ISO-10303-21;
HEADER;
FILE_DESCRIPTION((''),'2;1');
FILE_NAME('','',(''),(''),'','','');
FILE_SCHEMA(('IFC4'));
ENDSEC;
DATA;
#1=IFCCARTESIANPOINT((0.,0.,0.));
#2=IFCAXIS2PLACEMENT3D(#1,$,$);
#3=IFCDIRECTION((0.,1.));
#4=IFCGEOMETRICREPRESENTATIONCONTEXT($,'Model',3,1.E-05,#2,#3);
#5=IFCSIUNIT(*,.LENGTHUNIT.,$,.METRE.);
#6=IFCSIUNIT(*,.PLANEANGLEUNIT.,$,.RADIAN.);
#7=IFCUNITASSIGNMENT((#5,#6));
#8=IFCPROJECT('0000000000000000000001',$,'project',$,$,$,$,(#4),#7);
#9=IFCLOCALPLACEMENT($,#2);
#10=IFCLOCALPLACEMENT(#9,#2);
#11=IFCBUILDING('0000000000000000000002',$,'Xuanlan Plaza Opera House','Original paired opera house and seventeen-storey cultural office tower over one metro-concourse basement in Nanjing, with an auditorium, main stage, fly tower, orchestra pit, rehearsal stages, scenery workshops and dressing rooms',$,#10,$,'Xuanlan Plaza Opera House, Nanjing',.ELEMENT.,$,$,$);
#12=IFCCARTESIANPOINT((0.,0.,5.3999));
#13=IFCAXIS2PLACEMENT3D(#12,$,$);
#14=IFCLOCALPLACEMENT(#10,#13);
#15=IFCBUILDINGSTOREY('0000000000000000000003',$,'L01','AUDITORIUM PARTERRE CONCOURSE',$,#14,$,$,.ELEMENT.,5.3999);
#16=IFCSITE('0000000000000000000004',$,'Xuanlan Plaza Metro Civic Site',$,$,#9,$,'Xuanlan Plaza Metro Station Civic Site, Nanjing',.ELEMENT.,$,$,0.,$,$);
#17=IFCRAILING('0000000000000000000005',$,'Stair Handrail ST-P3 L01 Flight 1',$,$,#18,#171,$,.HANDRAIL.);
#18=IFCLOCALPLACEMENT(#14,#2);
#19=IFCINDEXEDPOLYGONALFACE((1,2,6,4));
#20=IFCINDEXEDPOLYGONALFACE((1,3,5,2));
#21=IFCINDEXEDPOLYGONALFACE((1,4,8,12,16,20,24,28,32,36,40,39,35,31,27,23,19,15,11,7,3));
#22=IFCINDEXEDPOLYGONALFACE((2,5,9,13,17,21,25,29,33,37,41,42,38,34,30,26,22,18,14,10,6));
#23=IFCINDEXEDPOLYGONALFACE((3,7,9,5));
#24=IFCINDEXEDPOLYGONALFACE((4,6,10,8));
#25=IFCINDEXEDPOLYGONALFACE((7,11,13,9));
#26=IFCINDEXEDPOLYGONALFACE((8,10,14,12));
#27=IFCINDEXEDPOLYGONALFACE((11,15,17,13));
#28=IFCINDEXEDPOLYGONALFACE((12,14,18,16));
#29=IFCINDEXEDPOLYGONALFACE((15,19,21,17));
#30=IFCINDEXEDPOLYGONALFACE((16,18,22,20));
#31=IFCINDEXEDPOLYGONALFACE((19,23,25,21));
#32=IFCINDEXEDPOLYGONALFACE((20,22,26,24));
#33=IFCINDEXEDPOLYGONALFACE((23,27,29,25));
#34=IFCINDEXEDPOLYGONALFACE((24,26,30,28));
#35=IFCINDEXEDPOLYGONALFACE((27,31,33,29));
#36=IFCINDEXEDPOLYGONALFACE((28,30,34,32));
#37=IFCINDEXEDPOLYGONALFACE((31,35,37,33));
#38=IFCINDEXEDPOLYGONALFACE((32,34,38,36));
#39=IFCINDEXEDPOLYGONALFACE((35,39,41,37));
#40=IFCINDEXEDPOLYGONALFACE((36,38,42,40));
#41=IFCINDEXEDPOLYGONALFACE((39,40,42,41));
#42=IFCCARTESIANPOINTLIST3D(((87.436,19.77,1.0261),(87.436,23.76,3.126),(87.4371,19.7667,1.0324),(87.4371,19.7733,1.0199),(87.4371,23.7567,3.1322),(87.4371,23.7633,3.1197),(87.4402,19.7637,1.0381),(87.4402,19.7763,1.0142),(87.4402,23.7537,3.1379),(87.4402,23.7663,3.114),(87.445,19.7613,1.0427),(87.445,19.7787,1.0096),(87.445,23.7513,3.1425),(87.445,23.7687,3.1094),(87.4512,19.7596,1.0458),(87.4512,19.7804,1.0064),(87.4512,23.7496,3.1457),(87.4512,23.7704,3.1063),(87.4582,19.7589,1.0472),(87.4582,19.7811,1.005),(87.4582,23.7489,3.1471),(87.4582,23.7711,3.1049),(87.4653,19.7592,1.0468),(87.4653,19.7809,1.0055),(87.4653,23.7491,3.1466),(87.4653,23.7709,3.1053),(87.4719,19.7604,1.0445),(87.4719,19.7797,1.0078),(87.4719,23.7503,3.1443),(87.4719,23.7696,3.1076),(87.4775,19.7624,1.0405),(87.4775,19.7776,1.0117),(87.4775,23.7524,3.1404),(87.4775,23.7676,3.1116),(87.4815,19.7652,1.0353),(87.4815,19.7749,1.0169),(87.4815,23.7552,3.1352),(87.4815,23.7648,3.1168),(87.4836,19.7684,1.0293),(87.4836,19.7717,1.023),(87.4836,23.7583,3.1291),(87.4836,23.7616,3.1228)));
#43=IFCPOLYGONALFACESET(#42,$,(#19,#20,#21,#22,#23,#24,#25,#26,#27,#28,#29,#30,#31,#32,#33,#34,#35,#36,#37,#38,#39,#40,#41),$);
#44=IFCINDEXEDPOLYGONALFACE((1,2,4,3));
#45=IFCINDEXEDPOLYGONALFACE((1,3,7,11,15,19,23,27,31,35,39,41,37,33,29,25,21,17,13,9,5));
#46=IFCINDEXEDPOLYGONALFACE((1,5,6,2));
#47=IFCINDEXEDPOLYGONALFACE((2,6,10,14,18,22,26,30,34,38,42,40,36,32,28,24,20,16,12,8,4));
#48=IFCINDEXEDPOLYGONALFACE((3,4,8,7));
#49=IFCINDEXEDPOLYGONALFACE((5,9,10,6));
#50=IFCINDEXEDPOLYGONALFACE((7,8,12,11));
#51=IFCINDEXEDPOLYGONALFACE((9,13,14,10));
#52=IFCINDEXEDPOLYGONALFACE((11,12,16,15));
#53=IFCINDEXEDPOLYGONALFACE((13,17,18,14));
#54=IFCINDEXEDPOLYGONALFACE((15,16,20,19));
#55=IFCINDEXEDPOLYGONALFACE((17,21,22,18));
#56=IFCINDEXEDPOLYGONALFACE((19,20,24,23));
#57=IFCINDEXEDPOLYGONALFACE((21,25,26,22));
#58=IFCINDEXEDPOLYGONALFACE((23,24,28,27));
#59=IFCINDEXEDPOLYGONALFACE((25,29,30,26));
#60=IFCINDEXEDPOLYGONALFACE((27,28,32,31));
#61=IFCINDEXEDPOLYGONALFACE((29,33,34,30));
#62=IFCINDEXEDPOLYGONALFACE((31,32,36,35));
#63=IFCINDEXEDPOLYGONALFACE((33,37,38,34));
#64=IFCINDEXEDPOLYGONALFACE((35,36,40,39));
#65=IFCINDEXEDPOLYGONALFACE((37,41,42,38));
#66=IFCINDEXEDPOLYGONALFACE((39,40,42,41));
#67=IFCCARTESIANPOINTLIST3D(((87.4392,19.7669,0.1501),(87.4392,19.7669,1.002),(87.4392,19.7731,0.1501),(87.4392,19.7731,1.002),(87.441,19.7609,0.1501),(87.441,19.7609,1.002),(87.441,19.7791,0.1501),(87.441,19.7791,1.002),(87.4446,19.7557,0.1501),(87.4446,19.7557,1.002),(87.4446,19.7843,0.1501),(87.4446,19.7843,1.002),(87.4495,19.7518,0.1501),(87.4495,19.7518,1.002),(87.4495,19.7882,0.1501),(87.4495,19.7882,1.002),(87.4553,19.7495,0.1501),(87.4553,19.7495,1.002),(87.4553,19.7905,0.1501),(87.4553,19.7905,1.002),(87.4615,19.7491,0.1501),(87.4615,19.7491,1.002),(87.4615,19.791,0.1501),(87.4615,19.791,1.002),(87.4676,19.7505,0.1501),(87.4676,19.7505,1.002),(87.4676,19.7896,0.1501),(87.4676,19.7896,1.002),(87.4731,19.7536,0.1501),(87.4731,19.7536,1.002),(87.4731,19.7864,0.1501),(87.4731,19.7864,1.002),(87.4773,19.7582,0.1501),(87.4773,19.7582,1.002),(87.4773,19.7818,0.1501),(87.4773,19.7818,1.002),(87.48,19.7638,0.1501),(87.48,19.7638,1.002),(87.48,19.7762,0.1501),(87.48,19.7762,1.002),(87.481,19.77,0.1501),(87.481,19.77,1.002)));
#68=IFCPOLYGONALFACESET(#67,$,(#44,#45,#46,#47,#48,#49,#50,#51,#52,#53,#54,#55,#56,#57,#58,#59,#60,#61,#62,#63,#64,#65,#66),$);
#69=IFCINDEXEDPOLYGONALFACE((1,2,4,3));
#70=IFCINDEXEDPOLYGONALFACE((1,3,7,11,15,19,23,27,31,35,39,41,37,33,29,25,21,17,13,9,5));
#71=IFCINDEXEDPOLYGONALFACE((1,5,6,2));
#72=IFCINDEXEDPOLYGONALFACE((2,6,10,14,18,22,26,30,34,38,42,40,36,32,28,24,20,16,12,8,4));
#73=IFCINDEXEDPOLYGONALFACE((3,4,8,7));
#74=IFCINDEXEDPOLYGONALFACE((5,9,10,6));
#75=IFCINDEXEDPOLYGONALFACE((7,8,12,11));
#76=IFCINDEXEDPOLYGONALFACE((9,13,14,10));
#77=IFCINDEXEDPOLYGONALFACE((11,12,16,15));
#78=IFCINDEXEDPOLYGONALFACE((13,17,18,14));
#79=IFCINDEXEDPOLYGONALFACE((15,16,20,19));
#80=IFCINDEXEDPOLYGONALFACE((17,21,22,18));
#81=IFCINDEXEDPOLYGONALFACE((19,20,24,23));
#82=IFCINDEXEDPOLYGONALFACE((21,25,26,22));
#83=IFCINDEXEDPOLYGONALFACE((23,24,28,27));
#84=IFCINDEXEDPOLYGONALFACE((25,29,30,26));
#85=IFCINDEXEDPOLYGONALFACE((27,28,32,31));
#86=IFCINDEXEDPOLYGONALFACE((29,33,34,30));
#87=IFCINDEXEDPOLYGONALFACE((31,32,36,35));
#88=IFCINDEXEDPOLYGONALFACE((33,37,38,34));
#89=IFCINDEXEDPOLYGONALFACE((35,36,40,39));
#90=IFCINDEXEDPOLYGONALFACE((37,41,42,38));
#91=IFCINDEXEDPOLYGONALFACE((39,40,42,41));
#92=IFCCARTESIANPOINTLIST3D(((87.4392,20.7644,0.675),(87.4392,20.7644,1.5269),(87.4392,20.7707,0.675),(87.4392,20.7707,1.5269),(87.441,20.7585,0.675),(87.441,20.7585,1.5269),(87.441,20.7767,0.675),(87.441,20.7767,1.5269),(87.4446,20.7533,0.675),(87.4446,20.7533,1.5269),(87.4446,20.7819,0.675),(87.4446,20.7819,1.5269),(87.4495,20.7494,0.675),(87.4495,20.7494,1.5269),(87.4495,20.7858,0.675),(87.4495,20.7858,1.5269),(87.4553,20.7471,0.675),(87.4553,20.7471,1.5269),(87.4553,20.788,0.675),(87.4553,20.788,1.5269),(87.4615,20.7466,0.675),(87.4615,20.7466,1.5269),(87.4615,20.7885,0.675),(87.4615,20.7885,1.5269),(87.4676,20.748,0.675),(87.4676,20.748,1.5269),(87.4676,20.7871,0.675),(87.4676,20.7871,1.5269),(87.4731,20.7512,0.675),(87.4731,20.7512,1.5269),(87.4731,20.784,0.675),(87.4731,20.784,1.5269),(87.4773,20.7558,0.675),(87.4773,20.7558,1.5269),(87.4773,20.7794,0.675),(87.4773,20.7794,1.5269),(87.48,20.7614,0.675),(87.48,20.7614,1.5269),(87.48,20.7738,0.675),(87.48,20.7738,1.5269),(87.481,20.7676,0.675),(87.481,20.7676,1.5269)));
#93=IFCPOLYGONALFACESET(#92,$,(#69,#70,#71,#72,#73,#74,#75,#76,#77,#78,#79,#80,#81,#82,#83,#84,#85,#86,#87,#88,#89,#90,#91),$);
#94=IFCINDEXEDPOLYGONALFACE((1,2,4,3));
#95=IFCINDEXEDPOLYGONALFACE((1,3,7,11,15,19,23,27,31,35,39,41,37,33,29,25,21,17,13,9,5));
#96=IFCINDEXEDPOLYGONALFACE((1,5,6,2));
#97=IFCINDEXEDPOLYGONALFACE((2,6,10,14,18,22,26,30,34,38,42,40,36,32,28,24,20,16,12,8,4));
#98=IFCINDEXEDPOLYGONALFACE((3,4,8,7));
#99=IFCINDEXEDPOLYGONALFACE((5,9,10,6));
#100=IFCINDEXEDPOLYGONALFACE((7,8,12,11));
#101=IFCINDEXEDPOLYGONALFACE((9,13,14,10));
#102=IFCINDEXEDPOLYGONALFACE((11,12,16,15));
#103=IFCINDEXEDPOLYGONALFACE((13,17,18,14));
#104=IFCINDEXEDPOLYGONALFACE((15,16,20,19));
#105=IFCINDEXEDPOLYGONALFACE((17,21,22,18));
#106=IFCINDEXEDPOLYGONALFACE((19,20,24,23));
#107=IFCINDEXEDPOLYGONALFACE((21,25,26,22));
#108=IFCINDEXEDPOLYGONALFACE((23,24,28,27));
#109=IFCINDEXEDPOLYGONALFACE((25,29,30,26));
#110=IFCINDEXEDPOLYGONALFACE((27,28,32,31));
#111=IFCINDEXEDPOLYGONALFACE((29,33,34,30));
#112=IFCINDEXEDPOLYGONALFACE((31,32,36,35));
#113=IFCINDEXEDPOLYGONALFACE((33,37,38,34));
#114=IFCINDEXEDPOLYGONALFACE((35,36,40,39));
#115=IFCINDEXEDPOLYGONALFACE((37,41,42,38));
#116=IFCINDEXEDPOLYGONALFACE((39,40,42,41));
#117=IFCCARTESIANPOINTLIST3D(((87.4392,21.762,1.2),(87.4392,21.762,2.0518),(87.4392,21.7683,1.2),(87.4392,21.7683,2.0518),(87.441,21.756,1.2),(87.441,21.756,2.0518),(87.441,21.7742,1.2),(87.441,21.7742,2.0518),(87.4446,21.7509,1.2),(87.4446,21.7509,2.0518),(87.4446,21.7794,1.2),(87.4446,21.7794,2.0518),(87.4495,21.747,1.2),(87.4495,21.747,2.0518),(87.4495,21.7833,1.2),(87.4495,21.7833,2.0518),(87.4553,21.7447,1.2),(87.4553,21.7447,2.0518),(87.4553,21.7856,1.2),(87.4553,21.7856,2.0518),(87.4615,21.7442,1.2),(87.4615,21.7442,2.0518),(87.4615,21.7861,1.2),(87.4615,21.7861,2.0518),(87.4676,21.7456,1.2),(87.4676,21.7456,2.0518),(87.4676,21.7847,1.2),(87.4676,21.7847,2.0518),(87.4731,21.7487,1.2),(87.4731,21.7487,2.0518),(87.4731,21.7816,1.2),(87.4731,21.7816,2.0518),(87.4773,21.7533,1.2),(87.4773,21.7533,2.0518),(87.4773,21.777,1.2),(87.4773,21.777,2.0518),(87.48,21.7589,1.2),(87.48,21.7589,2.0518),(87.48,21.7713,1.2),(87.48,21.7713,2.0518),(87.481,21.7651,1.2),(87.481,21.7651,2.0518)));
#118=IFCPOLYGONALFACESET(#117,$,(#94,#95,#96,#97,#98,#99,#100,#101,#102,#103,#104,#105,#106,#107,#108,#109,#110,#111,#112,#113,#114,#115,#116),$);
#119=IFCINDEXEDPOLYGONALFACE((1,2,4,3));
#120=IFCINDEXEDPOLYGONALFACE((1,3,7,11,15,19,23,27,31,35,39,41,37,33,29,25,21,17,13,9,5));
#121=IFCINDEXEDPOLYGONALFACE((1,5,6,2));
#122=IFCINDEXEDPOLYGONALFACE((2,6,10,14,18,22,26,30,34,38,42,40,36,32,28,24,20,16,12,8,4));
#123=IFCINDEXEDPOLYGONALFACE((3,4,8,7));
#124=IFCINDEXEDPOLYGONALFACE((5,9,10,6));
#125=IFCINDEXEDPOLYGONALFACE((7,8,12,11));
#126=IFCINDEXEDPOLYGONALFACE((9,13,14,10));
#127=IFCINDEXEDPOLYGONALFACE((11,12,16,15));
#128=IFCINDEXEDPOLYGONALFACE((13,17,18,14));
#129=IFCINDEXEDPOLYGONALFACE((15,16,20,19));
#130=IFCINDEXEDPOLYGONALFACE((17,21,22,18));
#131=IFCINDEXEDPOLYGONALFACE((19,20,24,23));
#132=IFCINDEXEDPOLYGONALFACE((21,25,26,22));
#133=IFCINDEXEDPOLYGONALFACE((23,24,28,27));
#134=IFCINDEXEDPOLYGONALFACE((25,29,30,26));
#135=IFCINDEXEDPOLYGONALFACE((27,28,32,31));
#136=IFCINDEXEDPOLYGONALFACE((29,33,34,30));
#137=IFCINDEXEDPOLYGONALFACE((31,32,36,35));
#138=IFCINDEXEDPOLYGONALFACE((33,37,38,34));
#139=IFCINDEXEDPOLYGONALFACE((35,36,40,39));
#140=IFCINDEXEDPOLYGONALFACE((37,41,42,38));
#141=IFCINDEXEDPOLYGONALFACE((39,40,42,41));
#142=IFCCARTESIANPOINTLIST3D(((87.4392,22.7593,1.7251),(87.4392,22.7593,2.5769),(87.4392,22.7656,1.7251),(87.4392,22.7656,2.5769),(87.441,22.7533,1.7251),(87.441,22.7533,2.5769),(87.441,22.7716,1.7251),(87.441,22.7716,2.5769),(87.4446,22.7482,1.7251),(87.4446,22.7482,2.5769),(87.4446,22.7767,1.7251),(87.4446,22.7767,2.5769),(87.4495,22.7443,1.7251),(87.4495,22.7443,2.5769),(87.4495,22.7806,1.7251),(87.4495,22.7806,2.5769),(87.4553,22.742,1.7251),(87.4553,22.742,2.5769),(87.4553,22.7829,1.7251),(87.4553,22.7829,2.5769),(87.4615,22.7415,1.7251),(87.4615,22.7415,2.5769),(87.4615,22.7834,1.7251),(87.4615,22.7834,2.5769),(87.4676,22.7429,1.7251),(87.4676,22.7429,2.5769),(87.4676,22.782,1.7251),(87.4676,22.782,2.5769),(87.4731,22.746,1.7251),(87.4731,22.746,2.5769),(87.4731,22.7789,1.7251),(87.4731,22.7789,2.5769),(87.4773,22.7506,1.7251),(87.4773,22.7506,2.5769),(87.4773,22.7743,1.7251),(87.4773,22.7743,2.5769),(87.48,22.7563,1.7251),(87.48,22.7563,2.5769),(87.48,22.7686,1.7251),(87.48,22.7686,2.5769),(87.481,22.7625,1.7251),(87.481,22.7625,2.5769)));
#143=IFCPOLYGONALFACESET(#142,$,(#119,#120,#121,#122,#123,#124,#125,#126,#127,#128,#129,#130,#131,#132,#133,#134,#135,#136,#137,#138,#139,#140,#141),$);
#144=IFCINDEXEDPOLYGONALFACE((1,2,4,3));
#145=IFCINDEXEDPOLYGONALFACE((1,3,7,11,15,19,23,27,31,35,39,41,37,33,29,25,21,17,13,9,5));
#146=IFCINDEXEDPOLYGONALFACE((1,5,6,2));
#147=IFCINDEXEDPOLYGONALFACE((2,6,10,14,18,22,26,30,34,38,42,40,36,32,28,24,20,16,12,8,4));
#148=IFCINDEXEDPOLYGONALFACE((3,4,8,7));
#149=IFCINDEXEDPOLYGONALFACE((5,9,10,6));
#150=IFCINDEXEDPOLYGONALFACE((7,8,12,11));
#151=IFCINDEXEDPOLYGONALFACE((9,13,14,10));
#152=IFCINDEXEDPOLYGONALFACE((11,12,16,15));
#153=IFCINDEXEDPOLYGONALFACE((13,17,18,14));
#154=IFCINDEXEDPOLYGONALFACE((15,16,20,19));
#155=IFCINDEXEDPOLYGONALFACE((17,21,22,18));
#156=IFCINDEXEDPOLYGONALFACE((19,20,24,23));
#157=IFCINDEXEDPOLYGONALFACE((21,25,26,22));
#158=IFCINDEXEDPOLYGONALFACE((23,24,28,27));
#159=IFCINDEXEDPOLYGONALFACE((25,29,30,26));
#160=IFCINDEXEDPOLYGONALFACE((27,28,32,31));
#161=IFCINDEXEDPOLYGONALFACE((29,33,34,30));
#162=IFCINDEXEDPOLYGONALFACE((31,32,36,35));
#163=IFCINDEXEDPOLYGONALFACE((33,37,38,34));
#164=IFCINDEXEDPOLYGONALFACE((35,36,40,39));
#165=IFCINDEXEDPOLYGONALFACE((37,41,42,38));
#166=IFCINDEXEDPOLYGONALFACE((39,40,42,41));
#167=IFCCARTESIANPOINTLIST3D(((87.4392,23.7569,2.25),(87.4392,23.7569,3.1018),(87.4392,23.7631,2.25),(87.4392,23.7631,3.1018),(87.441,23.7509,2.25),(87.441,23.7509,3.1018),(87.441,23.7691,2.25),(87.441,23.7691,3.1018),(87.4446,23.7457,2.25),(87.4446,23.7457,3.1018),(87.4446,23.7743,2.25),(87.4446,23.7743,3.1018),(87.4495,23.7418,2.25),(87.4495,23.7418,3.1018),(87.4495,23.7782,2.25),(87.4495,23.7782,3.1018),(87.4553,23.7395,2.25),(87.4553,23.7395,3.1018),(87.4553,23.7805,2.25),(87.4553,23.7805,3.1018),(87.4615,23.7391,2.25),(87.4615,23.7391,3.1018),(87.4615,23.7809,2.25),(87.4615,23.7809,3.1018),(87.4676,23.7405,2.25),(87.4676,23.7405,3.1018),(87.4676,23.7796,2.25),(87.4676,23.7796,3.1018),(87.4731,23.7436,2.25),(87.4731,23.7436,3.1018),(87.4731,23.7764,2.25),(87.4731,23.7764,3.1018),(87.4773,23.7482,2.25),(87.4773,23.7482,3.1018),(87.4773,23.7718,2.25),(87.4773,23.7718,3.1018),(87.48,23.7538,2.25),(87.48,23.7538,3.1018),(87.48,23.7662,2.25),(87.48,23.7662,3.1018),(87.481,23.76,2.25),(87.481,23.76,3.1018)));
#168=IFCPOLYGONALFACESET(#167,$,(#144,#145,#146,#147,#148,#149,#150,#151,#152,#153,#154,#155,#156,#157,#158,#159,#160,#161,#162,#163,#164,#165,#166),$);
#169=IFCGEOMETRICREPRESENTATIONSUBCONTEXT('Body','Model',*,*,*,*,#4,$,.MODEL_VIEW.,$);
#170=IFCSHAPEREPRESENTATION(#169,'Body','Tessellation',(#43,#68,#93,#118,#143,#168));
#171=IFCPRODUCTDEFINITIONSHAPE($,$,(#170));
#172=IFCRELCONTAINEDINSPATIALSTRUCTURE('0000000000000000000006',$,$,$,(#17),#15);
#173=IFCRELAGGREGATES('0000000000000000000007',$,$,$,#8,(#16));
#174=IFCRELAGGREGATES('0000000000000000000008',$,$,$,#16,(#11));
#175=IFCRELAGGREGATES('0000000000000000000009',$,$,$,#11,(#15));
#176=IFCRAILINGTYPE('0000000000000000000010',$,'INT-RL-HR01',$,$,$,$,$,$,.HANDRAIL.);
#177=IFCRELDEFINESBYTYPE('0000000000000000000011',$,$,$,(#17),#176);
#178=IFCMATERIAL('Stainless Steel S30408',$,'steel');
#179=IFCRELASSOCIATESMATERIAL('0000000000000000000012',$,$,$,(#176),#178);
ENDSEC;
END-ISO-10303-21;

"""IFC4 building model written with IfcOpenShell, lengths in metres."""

from ifc_helpers import new_model, si_unit, direction, frame, origin, origin_2d, place, context, subcontext, project, spatial, circle, extrude, material, type_object, element, save


model = new_model("IFC4")

# Units and contexts
model_context = context("Model", 3, precision=1e-05, world=origin(), true_north=direction((0.0, 1.0)))
body_context = subcontext(model_context, "Body", "Model", "MODEL_VIEW")
ifc_project = project(units=[si_unit("LENGTHUNIT", "METRE"), si_unit("PLANEANGLEUNIT", "RADIAN")], contexts=[model_context])

# Site, building, storey
site_placement = place(None, origin())
site = spatial("IfcSite", under=ifc_project, at=site_placement, Name="Xuanlan Plaza Metro Civic Site", LongName="Xuanlan Plaza Metro Station Civic Site, Nanjing", CompositionType="ELEMENT", RefElevation=0.0)
building_placement = place(site_placement, origin())
building = spatial("IfcBuilding", under=site, at=building_placement, Name="Xuanlan Plaza Opera House", Description="Original paired opera house and seventeen-storey cultural office tower over one metro-concourse basement in Nanjing, with an auditorium, main stage, fly tower, orchestra pit, rehearsal stages, scenery workshops and dressing rooms", LongName="Xuanlan Plaza Opera House, Nanjing", CompositionType="ELEMENT")
storey_placement = place(building_placement, frame((0.0, 0.0, 5.3999)))
storey = spatial("IfcBuildingStorey", under=building, at=storey_placement, Name="L01", Description="AUDITORIUM PARTERRE CONCOURSE", CompositionType="ELEMENT", Elevation=5.3999)

# Railing
ifc_material_1 = material(Name="Stainless Steel S30408", Category="steel")
railing_type = type_object("IfcRailingType", Name="INT-RL-HR01", PredefinedType="HANDRAIL", material=ifc_material_1)
for number, where, name in (
    (1, (87.46, 19.77, 0.1501), "Stair Handrail ST-P3 L01 Flight 1"),
):
    element("IfcRailing", number, at=place(storey_placement, frame(where)), inside=storey, type_object=railing_type, Name=name, PredefinedType="HANDRAIL", context=body_context, shape_type="SweptSolid", body=[
        extrude(circle(Radius=0.0239, at=origin_2d()), frame((0.0, 0.0, 0.876), z_axis=(0.0, 0.884931, 0.465722), x_axis=(-1.0, 0.0, 0.0)), (0.0, 0.0, 1.0), 4.5088),
        extrude(circle(Radius=0.021, at=origin_2d()), origin(), (0.0, 0.0, 1.0), 0.8518),
        extrude(circle(Radius=0.021, at=origin_2d()), frame((0.0, 0.9976, 0.5249)), (0.0, 0.0, 1.0), 0.8518),
        extrude(circle(Radius=0.021, at=origin_2d()), frame((0.0, 1.9951, 1.0498)), (0.0, 0.0, 1.0), 0.8518),
        extrude(circle(Radius=0.021, at=origin_2d()), frame((0.0, 2.9924, 1.575)), (0.0, 0.0, 1.0), 0.8518),
        extrude(circle(Radius=0.021, at=origin_2d()), frame((0.0, 3.99, 2.0999)), (0.0, 0.0, 1.0), 0.8518),
    ])

save(model, "model.ifc")
